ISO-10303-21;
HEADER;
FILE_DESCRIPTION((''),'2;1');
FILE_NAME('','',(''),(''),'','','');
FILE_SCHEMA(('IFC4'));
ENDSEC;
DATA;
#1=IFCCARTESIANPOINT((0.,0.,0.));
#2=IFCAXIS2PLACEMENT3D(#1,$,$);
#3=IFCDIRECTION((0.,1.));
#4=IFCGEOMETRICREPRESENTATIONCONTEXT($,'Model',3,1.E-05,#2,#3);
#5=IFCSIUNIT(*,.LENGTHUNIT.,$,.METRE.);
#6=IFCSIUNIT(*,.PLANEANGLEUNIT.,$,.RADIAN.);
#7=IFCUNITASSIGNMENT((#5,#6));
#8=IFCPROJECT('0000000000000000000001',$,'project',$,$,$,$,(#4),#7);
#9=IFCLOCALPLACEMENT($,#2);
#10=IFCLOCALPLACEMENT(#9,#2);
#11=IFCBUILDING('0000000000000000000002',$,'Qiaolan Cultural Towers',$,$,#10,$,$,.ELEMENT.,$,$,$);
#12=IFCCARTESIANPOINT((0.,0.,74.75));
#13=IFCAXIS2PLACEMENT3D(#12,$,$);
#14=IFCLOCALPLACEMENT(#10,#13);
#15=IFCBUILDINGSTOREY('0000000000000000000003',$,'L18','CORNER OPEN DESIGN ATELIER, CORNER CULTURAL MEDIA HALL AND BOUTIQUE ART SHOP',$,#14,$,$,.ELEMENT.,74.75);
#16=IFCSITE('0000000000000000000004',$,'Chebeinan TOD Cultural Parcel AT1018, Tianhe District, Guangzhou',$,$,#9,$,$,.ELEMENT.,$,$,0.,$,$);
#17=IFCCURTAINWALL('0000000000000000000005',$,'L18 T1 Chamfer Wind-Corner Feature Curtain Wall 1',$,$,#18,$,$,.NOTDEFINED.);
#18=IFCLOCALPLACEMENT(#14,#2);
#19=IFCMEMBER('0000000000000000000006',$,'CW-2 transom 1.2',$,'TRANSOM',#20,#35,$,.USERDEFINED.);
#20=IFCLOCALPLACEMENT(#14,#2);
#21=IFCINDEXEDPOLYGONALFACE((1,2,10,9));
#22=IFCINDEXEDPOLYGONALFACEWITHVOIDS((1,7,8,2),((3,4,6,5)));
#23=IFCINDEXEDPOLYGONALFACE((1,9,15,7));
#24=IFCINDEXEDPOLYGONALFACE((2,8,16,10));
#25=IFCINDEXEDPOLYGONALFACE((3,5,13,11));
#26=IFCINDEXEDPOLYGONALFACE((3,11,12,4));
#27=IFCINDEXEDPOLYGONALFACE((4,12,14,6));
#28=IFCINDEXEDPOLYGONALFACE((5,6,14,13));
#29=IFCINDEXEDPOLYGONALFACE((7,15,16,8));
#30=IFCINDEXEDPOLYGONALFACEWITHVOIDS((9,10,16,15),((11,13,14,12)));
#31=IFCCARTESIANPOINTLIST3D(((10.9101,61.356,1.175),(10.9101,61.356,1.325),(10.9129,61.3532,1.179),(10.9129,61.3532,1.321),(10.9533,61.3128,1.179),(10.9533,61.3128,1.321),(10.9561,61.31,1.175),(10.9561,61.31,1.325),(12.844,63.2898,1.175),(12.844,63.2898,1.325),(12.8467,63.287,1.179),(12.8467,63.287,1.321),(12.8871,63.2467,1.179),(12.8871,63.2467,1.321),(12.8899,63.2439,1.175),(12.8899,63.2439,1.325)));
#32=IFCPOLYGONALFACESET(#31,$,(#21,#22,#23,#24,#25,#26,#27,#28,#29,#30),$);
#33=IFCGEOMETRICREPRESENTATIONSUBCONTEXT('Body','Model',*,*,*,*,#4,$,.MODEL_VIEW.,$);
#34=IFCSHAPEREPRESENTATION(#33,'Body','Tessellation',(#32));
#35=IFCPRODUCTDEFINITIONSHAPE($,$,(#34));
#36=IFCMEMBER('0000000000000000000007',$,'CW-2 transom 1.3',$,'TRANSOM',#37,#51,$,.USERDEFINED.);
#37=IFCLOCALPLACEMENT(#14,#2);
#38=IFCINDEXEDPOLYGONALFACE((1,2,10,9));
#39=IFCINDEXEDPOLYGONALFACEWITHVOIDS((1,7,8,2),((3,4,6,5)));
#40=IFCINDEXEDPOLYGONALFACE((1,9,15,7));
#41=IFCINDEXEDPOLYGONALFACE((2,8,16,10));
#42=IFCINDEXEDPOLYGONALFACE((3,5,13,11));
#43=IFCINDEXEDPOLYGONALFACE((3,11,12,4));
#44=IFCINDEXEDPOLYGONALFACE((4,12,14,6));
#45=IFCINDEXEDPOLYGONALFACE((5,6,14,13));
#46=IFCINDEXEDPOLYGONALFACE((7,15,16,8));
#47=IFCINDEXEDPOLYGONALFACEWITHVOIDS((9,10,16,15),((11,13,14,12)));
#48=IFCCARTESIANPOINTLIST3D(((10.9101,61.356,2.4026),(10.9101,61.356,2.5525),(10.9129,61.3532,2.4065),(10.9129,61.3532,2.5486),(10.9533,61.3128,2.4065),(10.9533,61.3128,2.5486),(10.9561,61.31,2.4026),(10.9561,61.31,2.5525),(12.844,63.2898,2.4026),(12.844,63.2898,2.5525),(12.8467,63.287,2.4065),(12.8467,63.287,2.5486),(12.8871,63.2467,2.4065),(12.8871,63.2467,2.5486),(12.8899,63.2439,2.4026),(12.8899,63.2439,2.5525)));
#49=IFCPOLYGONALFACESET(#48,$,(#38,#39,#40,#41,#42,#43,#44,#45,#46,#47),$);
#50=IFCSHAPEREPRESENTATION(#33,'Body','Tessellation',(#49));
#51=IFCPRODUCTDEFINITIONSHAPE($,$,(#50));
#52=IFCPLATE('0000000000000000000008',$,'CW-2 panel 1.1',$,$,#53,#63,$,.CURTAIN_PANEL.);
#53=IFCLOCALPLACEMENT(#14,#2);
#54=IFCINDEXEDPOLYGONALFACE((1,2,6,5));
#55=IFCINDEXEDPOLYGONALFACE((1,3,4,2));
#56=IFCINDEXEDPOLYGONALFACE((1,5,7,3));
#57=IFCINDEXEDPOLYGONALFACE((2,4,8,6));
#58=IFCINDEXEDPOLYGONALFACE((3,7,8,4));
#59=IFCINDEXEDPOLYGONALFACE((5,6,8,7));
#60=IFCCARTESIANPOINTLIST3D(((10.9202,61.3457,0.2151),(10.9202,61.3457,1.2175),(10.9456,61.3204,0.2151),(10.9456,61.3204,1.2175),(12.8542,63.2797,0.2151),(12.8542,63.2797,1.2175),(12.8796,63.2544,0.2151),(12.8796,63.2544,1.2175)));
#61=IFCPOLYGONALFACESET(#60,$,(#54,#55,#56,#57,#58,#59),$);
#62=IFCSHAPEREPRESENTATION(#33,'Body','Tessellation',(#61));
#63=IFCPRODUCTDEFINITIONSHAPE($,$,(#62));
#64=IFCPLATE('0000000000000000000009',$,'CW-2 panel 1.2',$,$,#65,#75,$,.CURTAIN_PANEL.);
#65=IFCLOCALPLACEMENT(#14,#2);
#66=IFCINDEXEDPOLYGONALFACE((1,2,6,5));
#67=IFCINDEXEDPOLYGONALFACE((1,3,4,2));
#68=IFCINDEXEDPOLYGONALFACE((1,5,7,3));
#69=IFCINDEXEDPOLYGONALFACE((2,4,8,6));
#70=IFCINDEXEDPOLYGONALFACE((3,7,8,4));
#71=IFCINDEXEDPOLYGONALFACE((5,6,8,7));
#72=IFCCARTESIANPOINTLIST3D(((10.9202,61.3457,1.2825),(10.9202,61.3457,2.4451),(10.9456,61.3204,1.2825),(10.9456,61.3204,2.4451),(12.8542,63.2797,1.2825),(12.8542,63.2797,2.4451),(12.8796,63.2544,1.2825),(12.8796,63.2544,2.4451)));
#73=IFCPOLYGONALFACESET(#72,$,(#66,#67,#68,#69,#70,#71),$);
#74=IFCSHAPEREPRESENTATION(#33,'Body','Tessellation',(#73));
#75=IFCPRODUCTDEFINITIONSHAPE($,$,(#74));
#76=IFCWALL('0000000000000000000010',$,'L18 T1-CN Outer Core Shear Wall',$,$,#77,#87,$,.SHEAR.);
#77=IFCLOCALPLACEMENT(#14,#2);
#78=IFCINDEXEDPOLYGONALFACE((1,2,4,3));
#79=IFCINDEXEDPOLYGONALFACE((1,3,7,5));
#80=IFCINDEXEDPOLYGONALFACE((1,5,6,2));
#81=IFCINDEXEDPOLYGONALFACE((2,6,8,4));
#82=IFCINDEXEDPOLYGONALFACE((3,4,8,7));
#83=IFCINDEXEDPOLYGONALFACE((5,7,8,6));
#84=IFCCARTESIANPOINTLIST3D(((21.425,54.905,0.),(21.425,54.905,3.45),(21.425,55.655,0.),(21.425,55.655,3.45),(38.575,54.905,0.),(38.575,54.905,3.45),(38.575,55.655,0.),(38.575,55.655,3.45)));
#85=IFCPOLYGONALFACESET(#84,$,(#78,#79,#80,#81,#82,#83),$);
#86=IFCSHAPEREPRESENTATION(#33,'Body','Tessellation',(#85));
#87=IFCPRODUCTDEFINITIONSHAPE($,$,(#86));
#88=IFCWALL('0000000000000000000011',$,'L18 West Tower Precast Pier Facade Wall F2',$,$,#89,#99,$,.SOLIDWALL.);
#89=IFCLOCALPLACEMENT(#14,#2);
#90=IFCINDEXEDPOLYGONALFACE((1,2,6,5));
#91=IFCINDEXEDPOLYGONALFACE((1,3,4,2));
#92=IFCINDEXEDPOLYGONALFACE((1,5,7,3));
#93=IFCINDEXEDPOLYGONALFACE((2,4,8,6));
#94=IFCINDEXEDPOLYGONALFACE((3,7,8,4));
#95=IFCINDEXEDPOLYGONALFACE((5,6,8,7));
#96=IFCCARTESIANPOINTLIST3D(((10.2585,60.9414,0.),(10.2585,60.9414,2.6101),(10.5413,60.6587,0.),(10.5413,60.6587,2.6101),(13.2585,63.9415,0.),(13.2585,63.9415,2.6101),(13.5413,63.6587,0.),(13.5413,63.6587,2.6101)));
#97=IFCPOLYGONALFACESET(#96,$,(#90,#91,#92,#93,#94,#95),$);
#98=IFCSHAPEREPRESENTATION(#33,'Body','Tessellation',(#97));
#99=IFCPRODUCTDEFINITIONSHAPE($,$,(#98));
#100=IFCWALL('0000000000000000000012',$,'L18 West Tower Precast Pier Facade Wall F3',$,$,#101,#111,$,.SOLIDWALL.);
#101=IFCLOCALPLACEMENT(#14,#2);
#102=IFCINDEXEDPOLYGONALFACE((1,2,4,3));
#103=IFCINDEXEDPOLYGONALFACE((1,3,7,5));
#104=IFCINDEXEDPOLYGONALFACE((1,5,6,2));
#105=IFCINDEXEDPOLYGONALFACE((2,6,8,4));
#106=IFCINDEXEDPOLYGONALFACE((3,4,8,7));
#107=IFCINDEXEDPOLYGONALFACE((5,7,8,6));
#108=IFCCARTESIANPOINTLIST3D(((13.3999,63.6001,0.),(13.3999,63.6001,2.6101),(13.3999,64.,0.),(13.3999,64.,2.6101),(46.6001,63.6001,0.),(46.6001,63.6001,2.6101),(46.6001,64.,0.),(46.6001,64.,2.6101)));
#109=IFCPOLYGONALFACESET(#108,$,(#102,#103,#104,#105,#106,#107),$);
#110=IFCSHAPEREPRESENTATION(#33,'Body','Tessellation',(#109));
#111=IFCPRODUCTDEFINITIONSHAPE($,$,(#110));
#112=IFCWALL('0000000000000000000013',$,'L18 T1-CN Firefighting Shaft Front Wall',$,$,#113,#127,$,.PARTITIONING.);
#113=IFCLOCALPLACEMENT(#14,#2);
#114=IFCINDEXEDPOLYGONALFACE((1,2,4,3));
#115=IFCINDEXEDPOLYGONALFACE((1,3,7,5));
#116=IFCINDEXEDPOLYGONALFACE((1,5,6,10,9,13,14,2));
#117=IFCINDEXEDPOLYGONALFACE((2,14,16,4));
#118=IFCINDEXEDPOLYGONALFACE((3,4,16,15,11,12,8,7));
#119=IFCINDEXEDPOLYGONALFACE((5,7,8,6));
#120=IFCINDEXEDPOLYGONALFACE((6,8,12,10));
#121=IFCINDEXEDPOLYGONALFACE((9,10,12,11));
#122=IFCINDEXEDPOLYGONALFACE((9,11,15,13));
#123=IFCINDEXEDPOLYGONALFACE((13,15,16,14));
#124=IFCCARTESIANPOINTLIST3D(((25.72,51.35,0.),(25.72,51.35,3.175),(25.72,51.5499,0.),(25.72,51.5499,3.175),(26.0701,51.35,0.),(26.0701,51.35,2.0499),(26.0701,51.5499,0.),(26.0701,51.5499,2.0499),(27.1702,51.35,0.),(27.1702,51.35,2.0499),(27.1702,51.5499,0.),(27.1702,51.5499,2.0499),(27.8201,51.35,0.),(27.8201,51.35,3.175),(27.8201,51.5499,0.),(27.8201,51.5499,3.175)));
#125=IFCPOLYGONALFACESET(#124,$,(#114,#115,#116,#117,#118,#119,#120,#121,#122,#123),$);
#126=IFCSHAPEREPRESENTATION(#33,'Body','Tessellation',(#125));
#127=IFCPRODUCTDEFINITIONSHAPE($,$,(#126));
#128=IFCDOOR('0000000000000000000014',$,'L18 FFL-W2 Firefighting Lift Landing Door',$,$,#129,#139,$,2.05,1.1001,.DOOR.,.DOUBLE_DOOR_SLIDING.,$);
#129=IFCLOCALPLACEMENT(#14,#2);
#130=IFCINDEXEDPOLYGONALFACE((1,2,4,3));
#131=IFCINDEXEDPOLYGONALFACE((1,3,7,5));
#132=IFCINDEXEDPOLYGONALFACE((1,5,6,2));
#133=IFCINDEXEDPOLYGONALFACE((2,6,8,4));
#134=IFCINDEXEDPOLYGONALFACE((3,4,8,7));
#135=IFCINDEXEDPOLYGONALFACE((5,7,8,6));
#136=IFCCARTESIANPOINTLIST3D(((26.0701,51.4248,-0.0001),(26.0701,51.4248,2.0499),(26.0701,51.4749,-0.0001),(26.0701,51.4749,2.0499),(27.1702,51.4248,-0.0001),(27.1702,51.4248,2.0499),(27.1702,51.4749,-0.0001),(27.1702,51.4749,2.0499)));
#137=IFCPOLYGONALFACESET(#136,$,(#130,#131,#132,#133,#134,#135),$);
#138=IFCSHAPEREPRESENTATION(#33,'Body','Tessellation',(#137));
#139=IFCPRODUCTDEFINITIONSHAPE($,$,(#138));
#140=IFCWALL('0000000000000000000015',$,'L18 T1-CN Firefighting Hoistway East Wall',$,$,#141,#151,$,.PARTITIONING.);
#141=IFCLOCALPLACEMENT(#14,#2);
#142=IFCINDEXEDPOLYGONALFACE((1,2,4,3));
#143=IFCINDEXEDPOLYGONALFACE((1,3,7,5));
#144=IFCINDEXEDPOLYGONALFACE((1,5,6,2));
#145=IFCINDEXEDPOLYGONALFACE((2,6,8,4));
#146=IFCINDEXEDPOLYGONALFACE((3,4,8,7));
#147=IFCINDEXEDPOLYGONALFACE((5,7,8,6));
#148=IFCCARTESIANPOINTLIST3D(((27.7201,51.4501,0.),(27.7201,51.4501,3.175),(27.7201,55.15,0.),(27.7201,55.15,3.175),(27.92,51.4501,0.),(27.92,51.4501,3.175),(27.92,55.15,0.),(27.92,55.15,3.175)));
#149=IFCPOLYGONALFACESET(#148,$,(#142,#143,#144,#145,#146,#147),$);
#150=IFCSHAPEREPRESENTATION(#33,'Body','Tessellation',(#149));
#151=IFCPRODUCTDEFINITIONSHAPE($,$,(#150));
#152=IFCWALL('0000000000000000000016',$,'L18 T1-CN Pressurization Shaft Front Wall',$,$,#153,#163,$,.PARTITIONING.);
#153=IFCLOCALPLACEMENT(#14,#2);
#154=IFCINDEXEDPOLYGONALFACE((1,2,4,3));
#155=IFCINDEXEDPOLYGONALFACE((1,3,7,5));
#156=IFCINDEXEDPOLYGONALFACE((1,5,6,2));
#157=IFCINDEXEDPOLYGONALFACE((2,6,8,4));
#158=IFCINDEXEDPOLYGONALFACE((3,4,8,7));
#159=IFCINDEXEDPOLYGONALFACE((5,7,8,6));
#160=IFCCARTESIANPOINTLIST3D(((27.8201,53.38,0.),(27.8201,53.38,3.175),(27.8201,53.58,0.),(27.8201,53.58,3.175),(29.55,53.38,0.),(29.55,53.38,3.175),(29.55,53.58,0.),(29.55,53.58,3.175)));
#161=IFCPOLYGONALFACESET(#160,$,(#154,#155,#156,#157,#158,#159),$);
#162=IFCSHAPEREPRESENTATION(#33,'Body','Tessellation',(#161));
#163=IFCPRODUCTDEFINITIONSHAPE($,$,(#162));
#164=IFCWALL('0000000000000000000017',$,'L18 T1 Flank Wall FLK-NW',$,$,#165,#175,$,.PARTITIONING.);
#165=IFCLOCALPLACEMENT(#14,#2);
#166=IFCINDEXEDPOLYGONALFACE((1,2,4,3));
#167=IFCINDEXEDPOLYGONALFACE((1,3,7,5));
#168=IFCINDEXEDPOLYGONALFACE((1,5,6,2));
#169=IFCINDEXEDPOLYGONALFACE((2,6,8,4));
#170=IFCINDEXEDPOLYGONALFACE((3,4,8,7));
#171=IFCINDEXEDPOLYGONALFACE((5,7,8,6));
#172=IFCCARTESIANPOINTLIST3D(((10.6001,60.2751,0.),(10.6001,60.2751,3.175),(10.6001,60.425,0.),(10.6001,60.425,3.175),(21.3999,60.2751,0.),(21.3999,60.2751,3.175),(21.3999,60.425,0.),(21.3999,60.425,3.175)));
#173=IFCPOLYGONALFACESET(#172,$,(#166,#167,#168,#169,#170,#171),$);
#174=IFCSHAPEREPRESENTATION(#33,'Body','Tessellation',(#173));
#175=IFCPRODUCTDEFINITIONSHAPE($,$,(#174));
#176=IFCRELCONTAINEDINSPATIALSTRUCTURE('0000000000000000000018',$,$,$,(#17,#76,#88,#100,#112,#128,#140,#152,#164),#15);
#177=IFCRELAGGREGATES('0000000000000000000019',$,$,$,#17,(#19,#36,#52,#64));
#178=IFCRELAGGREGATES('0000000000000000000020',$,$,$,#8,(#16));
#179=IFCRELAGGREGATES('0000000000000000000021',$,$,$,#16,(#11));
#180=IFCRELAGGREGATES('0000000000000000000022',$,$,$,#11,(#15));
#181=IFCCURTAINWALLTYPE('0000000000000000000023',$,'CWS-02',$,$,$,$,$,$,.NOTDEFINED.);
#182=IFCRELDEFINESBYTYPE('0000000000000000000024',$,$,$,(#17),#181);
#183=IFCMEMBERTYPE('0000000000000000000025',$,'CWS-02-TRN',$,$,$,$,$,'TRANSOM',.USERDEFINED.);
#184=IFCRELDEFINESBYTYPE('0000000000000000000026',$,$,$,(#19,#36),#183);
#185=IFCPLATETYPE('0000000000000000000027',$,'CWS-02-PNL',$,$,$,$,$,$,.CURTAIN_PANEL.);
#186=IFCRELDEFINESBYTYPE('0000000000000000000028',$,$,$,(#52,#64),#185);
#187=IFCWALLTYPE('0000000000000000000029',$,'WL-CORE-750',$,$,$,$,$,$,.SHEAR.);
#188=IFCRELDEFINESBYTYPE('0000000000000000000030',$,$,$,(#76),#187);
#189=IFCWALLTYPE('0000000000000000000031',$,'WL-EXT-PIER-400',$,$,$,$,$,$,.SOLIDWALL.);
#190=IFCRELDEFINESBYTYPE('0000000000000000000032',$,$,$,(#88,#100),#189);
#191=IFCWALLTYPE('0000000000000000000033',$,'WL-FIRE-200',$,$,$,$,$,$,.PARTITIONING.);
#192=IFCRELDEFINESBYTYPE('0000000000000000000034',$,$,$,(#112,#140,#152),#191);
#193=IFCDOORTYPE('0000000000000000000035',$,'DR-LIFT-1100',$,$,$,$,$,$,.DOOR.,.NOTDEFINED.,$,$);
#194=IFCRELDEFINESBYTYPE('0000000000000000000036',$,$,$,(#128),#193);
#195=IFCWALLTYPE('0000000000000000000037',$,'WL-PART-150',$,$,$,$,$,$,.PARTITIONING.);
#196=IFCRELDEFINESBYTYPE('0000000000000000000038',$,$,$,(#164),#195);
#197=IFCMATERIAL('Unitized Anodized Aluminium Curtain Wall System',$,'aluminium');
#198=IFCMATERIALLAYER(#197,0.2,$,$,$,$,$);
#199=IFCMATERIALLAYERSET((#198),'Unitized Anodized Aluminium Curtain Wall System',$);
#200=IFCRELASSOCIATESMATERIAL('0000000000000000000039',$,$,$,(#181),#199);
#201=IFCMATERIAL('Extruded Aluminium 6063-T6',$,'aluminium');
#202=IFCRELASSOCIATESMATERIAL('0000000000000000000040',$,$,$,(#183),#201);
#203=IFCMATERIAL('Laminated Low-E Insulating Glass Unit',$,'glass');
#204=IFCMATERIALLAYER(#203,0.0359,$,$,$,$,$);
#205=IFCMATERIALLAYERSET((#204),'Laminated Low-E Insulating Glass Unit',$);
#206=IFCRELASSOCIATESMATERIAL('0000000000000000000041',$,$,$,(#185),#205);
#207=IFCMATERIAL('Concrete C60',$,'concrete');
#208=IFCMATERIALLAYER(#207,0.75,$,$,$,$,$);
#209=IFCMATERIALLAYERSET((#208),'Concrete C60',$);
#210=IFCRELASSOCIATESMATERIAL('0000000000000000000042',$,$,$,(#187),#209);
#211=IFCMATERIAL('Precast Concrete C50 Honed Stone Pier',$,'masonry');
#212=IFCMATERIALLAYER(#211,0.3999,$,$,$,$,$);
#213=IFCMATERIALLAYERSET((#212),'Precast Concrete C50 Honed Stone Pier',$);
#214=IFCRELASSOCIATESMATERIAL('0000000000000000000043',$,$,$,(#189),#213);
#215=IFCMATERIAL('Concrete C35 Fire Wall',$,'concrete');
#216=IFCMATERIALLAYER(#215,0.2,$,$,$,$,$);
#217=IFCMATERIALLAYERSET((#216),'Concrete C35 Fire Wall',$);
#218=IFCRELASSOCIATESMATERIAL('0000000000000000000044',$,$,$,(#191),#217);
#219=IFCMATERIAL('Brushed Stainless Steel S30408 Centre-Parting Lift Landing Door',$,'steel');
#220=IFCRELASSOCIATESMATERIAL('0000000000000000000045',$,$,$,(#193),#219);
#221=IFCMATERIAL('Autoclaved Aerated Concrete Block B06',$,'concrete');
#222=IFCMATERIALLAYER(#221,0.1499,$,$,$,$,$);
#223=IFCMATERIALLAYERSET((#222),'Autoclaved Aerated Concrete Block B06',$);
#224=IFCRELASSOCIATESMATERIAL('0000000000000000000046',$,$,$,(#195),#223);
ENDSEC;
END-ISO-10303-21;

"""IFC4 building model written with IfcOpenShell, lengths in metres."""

from ifc_helpers import new_model, si_unit, direction, frame, frame_2d, origin, origin_2d, place, context, subcontext, project, spatial, rectangle, hollow_rectangle, extrude, material, layer, layer_set, material_profile, profile_set, type_object, element, fill, aggregate, save


model = new_model("IFC4")

# Units and contexts
model_context = context("Model", 3, precision=1e-05, world=origin(), true_north=direction((0.0, 1.0)))
body_context = subcontext(model_context, "Body", "Model", "MODEL_VIEW")
ifc_project = project(units=[si_unit("LENGTHUNIT", "METRE"), si_unit("PLANEANGLEUNIT", "RADIAN")], contexts=[model_context])

# Site, building, storey
site_placement = place(None, origin())
site = spatial("IfcSite", under=ifc_project, at=site_placement, Name="Chebeinan TOD Cultural Parcel AT1018, Tianhe District, Guangzhou", CompositionType="ELEMENT", RefElevation=0.0)
building_placement = place(site_placement, origin())
building = spatial("IfcBuilding", under=site, at=building_placement, Name="Qiaolan Cultural Towers", CompositionType="ELEMENT")
storey_placement = place(building_placement, frame((0.0, 0.0, 74.75)))
storey = spatial("IfcBuildingStorey", under=building, at=storey_placement, Name="L18", Description="CORNER OPEN DESIGN ATELIER, CORNER CULTURAL MEDIA HALL AND BOUTIQUE ART SHOP", CompositionType="ELEMENT", Elevation=74.75)

# Curtain wall, members, plates
ifc_material_1 = material(Name="Unitized Anodized Aluminium Curtain Wall System", Category="aluminium")
ifc_layer_1 = layer(ifc_material_1, 0.2)
ifc_layer_set_1 = layer_set([ifc_layer_1], Name="Unitized Anodized Aluminium Curtain Wall System")
curtain_wall_type = type_object("IfcCurtainWallType", Name="CWS-02", PredefinedType="NOTDEFINED", material=ifc_layer_set_1)
curtain_wall_placement = place(storey_placement, origin())
curtain_wall = element("IfcCurtainWall", 1, at=curtain_wall_placement, inside=storey, type_object=curtain_wall_type, Name="L18 T1 Chamfer Wind-Corner Feature Curtain Wall 1", PredefinedType="NOTDEFINED")
ifc_material_2 = material(Name="Extruded Aluminium 6063-T6", Category="aluminium")
ifc_material_profile_1 = material_profile(ifc_material_2, hollow_rectangle(XDim=0.0649, YDim=0.1499, WallThickness=0.0039, at=origin_2d()), Name="CWT-150x65x4")
ifc_profile_set_1 = profile_set([ifc_material_profile_1], Name="Extruded Aluminium 6063-T6")
member_type_1 = type_object("IfcMemberType", Name="CWS-02-TRN", ElementType="TRANSOM", PredefinedType="USERDEFINED", material=ifc_profile_set_1)
member_1_placement = place(storey_placement, frame((10.9331, 61.333, 1.25), z_axis=(0.707107, 0.707107, 0.0), x_axis=(-0.707107, 0.707107, 0.0)))
member_1 = element("IfcMember", 2, at=member_1_placement, type_object=member_type_1, Name="CW-2 transom 1.2", ObjectType="TRANSOM", PredefinedType="USERDEFINED", context=body_context, shape_type="SweptSolid", body=[
    extrude(hollow_rectangle(XDim=0.0649, YDim=0.1499, WallThickness=0.0039, at=origin_2d()), origin(), (0.0, 0.0, 1.0), 2.7349),
])
member_2_placement = place(storey_placement, frame((10.9331, 61.333, 2.4775), z_axis=(0.707107, 0.707107, 0.0), x_axis=(-0.707107, 0.707107, 0.0)))
member_2 = element("IfcMember", 3, at=member_2_placement, type_object=member_type_1, Name="CW-2 transom 1.3", ObjectType="TRANSOM", PredefinedType="USERDEFINED", context=body_context, shape_type="SweptSolid", body=[
    extrude(hollow_rectangle(XDim=0.0649, YDim=0.1499, WallThickness=0.0039, at=origin_2d()), origin(), (0.0, 0.0, 1.0), 2.7349),
])
ifc_material_3 = material(Name="Laminated Low-E Insulating Glass Unit", Category="glass")
ifc_layer_2 = layer(ifc_material_3, 0.0359)
ifc_layer_set_2 = layer_set([ifc_layer_2], Name="Laminated Low-E Insulating Glass Unit")
plate_type = type_object("IfcPlateType", Name="CWS-02-PNL", PredefinedType="CURTAIN_PANEL", material=ifc_layer_set_2)
plate_1_placement = place(storey_placement, frame((11.8999, 62.3, 0.2151), z_axis=(0.0, 0.0, 1.0), x_axis=(0.707107, 0.707107, 0.0)))
plate_1 = element("IfcPlate", 4, at=plate_1_placement, type_object=plate_type, Name="CW-2 panel 1.1", PredefinedType="CURTAIN_PANEL", context=body_context, shape_type="SweptSolid", body=[
    extrude(rectangle(XDim=2.7351, YDim=0.0359, at=origin_2d()), origin(), (0.0, 0.0, 1.0), 1.0024),
])
plate_2_placement = place(storey_placement, frame((11.8999, 62.3, 1.2825), z_axis=(0.0, 0.0, 1.0), x_axis=(0.707107, 0.707107, 0.0)))
plate_2 = element("IfcPlate", 5, at=plate_2_placement, type_object=plate_type, Name="CW-2 panel 1.2", PredefinedType="CURTAIN_PANEL", context=body_context, shape_type="SweptSolid", body=[
    extrude(rectangle(XDim=2.7351, YDim=0.0359, at=origin_2d()), origin(), (0.0, 0.0, 1.0), 1.1626),
])
aggregate(curtain_wall, [member_1, member_2, plate_1, plate_2])

# Walls
ifc_material_4 = material(Name="Concrete C60", Category="concrete")
ifc_layer_3 = layer(ifc_material_4, 0.75)
ifc_layer_set_3 = layer_set([ifc_layer_3], Name="Concrete C60")
wall_type_1 = type_object("IfcWallType", Name="WL-CORE-750", PredefinedType="SHEAR", material=ifc_layer_set_3)
wall_1_placement = place(storey_placement, frame((21.425, 55.28, 0.0), z_axis=(0.0, 0.0, 1.0), x_axis=(1.0, 0.0, 0.0)))
element("IfcWall", 6, at=wall_1_placement, inside=storey, type_object=wall_type_1, Name="L18 T1-CN Outer Core Shear Wall", PredefinedType="SHEAR", context=body_context, shape_type="SweptSolid", body=[
    extrude(rectangle(XDim=17.1499, YDim=0.75, at=frame_2d((8.575, 0.0))), origin(), (0.0, 0.0, 1.0), 3.45),
])
ifc_material_5 = material(Name="Precast Concrete C50 Honed Stone Pier", Category="masonry")
ifc_layer_4 = layer(ifc_material_5, 0.3999)
ifc_layer_set_4 = layer_set([ifc_layer_4], Name="Precast Concrete C50 Honed Stone Pier")
wall_type_2 = type_object("IfcWallType", Name="WL-EXT-PIER-400", PredefinedType="SOLIDWALL", material=ifc_layer_set_4)
wall_2_placement = place(storey_placement, frame((10.3999, 60.8, 0.0), z_axis=(0.0, 0.0, 1.0), x_axis=(0.707107, 0.707107, 0.0)))
element("IfcWall", 7, at=wall_2_placement, inside=storey, type_object=wall_type_2, Name="L18 West Tower Precast Pier Facade Wall F2", PredefinedType="SOLIDWALL", context=body_context, shape_type="SweptSolid", body=[
    extrude(rectangle(XDim=4.2427, YDim=0.3999, at=frame_2d((2.1213, 0.0))), origin(), (0.0, 0.0, 1.0), 2.6101),
])
wall_3_placement = place(storey_placement, frame((13.3999, 63.8, 0.0), z_axis=(0.0, 0.0, 1.0), x_axis=(1.0, 0.0, 0.0)))
element("IfcWall", 8, at=wall_3_placement, inside=storey, type_object=wall_type_2, Name="L18 West Tower Precast Pier Facade Wall F3", PredefinedType="SOLIDWALL", context=body_context, shape_type="SweptSolid", body=[
    extrude(rectangle(XDim=33.2002, YDim=0.3999, at=frame_2d((16.6001, 0.0))), origin(), (0.0, 0.0, 1.0), 2.6101),
])

# Wall, opening, door
ifc_material_6 = material(Name="Concrete C35 Fire Wall", Category="concrete")
ifc_layer_5 = layer(ifc_material_6, 0.2)
ifc_layer_set_5 = layer_set([ifc_layer_5], Name="Concrete C35 Fire Wall")
wall_type_3 = type_object("IfcWallType", Name="WL-FIRE-200", PredefinedType="PARTITIONING", material=ifc_layer_set_5)
wall_4_placement = place(storey_placement, frame((25.72, 51.45, 0.0), z_axis=(0.0, 0.0, 1.0), x_axis=(1.0, 0.0, 0.0)))
wall_4 = element("IfcWall", 9, at=wall_4_placement, inside=storey, type_object=wall_type_3, Name="L18 T1-CN Firefighting Shaft Front Wall", PredefinedType="PARTITIONING", context=body_context, shape_type="SweptSolid", body=[
    extrude(rectangle(XDim=2.1001, YDim=0.2, at=frame_2d((1.05, 0.0))), origin(), (0.0, 0.0, 1.0), 3.175),
])
opening_placement = place(wall_4_placement, frame((0.3501, 0.0, 0.0)))
opening = element("IfcOpeningElement", 10, at=opening_placement, cuts=wall_4, PredefinedType="OPENING", context=body_context, shape_type="SweptSolid", body=[
    extrude(rectangle(XDim=1.1001, YDim=2.05, at=frame_2d((0.55, 1.0249))), frame((0.0, 0.1099, 0.0), z_axis=(0.0, -1.0, 0.0), x_axis=(1.0, 0.0, 0.0)), (0.0, 0.0, 1.0), 0.22),
])
ifc_material_7 = material(Name="Brushed Stainless Steel S30408 Centre-Parting Lift Landing Door", Category="steel")
door_type = type_object("IfcDoorType", Name="DR-LIFT-1100", OperationType="NOTDEFINED", PredefinedType="DOOR", material=ifc_material_7)
door_placement = place(opening_placement, origin())
door = element("IfcDoor", 11, at=door_placement, inside=storey, type_object=door_type, Name="L18 FFL-W2 Firefighting Lift Landing Door", OperationType="DOUBLE_DOOR_SLIDING", OverallHeight=2.05, OverallWidth=1.1001, PredefinedType="DOOR", context=body_context, shape_type="SweptSolid", body=[
    extrude(rectangle(XDim=1.1001, YDim=2.05, at=frame_2d((0.55, 1.0249))), frame((0.0, 0.0249, 0.0), z_axis=(0.0, -1.0, 0.0), x_axis=(1.0, 0.0, 0.0)), (0.0, 0.0, 1.0), 0.05),
])
fill(opening, door)

# Walls
wall_5_placement = place(storey_placement, frame((27.8201, 51.45, 0.0), z_axis=(0.0, 0.0, 1.0), x_axis=(0.0, 1.0, 0.0)))
element("IfcWall", 12, at=wall_5_placement, inside=storey, type_object=wall_type_3, Name="L18 T1-CN Firefighting Hoistway East Wall", PredefinedType="PARTITIONING", context=body_context, shape_type="SweptSolid", body=[
    extrude(rectangle(XDim=3.7, YDim=0.2, at=frame_2d((1.8501, 0.0))), origin(), (0.0, 0.0, 1.0), 3.175),
])
wall_6_placement = place(storey_placement, frame((27.8201, 53.48, 0.0), z_axis=(0.0, 0.0, 1.0), x_axis=(1.0, 0.0, 0.0)))
element("IfcWall", 13, at=wall_6_placement, inside=storey, type_object=wall_type_3, Name="L18 T1-CN Pressurization Shaft Front Wall", PredefinedType="PARTITIONING", context=body_context, shape_type="SweptSolid", body=[
    extrude(rectangle(XDim=1.73, YDim=0.2, at=frame_2d((0.865, 0.0))), origin(), (0.0, 0.0, 1.0), 3.175),
])
ifc_material_8 = material(Name="Autoclaved Aerated Concrete Block B06", Category="concrete")
ifc_layer_6 = layer(ifc_material_8, 0.1499)
ifc_layer_set_6 = layer_set([ifc_layer_6], Name="Autoclaved Aerated Concrete Block B06")
wall_type_4 = type_object("IfcWallType", Name="WL-PART-150", PredefinedType="PARTITIONING", material=ifc_layer_set_6)
wall_7_placement = place(storey_placement, frame((10.6001, 60.3501, 0.0), z_axis=(0.0, 0.0, 1.0), x_axis=(1.0, 0.0, 0.0)))
element("IfcWall", 14, at=wall_7_placement, inside=storey, type_object=wall_type_4, Name="L18 T1 Flank Wall FLK-NW", PredefinedType="PARTITIONING", context=body_context, shape_type="SweptSolid", body=[
    extrude(rectangle(XDim=10.7998, YDim=0.1499, at=frame_2d((5.3999, 0.0))), origin(), (0.0, 0.0, 1.0), 3.175),
])

save(model, "model.ifc")
